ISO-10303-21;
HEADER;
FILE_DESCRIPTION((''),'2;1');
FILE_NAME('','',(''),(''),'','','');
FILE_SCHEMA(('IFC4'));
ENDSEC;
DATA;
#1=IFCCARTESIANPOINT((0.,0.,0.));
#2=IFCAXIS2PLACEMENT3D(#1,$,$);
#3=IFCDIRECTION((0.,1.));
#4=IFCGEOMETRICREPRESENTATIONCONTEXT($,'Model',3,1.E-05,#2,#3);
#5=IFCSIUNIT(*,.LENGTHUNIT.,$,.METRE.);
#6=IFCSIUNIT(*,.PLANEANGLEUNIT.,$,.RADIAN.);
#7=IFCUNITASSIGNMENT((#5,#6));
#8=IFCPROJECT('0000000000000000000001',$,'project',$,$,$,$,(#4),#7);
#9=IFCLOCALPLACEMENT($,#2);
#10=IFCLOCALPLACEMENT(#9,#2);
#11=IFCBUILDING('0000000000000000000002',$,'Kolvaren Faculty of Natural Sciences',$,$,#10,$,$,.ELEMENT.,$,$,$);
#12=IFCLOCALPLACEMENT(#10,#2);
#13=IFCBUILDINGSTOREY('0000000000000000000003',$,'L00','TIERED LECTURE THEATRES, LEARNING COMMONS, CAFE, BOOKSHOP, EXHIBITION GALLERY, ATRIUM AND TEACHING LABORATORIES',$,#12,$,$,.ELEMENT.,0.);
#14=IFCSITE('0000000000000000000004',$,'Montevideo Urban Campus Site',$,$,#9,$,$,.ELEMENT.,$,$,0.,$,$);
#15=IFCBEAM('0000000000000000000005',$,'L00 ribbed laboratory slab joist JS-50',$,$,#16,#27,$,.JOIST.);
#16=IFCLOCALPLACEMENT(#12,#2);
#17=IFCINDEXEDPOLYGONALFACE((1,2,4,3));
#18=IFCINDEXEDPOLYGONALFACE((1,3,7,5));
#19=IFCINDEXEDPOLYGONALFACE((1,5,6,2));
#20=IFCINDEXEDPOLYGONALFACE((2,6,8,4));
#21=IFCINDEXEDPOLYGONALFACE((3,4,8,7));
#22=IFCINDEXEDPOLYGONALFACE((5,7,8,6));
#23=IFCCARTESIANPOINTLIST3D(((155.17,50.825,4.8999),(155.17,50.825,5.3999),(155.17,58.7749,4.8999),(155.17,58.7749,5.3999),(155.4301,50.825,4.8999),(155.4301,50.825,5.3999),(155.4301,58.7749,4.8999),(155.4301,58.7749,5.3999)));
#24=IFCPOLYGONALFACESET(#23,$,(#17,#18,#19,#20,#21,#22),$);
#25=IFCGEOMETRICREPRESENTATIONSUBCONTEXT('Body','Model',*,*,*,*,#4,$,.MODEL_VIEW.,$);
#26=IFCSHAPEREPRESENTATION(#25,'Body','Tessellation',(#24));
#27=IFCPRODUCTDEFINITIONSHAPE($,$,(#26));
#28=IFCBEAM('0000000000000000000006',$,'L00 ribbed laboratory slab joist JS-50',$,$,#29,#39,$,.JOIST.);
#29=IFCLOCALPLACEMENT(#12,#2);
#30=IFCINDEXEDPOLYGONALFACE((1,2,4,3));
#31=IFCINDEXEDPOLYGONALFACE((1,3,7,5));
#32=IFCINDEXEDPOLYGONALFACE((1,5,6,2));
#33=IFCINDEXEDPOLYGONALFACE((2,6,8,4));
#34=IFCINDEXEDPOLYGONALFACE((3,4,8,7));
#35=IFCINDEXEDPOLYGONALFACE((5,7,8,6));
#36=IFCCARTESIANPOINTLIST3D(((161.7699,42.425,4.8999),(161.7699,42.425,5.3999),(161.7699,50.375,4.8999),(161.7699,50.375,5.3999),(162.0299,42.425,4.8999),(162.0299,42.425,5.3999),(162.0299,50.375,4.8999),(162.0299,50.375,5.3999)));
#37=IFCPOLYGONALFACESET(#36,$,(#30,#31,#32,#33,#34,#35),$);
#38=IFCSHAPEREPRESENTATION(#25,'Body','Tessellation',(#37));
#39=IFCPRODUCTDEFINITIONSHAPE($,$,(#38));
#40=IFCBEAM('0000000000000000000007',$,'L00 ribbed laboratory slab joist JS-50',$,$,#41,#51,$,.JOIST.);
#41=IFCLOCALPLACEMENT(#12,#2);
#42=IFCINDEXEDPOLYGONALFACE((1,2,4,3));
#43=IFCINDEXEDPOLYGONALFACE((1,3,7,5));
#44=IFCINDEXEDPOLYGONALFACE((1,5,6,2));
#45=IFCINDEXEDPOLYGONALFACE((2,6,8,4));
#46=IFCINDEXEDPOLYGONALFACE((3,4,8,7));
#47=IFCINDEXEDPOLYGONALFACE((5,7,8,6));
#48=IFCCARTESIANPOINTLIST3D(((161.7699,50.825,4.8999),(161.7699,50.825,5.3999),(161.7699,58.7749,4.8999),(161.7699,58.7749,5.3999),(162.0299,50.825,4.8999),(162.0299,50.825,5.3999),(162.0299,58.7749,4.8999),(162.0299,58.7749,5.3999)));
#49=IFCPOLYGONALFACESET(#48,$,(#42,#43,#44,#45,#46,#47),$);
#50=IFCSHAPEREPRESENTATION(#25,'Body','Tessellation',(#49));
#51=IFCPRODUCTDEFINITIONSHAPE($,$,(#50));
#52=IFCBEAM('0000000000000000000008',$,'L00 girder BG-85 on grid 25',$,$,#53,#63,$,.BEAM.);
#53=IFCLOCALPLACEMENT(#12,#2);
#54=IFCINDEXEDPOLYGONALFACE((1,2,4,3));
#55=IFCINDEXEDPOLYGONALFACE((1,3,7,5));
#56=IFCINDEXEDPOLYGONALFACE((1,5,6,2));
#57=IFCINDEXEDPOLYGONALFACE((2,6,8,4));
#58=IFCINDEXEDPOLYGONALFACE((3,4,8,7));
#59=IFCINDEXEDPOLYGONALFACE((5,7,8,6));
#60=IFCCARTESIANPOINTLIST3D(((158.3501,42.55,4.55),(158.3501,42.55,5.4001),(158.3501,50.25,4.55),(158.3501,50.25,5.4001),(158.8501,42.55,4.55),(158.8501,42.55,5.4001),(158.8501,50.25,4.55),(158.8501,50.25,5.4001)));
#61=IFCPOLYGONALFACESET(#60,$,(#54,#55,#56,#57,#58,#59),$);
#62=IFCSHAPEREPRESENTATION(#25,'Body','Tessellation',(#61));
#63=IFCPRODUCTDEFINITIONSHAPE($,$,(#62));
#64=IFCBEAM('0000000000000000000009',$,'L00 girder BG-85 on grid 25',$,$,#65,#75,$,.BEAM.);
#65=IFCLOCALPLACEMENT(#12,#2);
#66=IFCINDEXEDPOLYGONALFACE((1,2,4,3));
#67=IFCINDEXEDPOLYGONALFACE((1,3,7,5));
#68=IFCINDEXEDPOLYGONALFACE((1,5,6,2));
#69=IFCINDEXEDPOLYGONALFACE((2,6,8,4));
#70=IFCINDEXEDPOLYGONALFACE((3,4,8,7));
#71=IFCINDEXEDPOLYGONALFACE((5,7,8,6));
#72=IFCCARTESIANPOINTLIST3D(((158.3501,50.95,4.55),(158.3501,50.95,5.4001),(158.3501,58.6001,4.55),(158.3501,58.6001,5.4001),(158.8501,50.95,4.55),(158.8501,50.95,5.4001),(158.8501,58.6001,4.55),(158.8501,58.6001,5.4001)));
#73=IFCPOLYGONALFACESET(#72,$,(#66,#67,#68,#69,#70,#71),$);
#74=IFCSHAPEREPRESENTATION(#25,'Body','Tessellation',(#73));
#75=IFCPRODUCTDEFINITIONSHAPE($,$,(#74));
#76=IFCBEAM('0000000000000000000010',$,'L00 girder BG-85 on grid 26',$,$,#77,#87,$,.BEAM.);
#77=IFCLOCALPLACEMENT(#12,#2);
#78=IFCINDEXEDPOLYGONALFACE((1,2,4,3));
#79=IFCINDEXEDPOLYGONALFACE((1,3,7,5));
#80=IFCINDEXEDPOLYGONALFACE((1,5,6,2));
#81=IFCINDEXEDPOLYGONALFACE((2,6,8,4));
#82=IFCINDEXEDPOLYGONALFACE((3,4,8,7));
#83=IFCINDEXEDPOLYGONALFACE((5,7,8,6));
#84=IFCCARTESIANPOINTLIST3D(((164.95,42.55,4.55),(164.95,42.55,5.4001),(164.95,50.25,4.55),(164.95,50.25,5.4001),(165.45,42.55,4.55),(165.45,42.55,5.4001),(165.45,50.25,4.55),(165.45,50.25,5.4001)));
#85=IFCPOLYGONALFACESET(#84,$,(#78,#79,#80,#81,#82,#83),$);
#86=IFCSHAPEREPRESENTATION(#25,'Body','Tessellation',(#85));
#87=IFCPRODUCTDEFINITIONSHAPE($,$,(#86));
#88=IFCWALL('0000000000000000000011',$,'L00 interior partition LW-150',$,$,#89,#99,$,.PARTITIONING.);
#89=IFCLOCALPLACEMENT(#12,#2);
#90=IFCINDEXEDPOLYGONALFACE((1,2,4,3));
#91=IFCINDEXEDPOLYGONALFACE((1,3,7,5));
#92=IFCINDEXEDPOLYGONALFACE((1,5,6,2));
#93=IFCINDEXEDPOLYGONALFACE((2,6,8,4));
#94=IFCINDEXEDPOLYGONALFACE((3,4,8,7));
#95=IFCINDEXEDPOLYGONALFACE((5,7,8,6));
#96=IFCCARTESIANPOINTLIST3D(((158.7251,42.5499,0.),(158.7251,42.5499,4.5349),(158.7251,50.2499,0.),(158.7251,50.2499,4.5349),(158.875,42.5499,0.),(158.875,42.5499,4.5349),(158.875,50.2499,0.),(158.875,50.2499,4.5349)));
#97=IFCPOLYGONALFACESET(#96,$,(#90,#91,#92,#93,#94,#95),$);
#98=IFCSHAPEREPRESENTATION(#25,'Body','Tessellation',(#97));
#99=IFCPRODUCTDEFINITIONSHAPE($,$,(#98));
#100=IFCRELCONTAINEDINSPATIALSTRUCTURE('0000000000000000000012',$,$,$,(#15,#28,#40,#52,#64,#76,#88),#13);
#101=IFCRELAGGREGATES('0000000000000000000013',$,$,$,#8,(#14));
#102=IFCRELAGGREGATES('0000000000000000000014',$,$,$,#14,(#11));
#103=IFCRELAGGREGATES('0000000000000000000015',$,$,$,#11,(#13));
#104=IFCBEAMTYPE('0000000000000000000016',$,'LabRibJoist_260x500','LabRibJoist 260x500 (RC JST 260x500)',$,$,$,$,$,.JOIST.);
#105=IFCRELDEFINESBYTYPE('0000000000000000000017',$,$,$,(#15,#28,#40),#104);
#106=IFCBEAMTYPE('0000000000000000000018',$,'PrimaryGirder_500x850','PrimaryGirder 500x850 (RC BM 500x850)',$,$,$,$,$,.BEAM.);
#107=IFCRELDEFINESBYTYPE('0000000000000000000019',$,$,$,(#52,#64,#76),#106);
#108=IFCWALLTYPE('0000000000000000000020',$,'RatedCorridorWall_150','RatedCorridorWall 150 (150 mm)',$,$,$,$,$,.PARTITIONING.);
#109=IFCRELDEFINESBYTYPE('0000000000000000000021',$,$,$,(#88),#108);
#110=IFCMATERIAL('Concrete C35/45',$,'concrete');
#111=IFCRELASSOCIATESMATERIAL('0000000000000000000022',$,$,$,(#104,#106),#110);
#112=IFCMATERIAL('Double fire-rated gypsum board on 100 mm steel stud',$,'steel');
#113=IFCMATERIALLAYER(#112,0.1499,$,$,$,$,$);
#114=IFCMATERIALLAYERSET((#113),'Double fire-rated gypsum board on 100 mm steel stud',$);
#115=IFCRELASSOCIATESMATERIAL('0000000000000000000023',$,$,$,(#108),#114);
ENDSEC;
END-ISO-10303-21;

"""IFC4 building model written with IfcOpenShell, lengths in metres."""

from ifc_helpers import new_model, si_unit, direction, frame, frame_2d, origin, origin_2d, place, context, subcontext, project, spatial, rectangle, extrude, material, layer, layer_set, material_profile, profile_set, type_object, element, save


model = new_model("IFC4")

# Units and contexts
model_context = context("Model", 3, precision=1e-05, world=origin(), true_north=direction((0.0, 1.0)))
body_context = subcontext(model_context, "Body", "Model", "MODEL_VIEW")
ifc_project = project(units=[si_unit("LENGTHUNIT", "METRE"), si_unit("PLANEANGLEUNIT", "RADIAN")], contexts=[model_context])

# Site, building, storey
site_placement = place(None, origin())
site = spatial("IfcSite", under=ifc_project, at=site_placement, Name="Montevideo Urban Campus Site", CompositionType="ELEMENT", RefElevation=0.0)
building_placement = place(site_placement, origin())
building = spatial("IfcBuilding", under=site, at=building_placement, Name="Kolvaren Faculty of Natural Sciences", CompositionType="ELEMENT")
storey_placement = place(building_placement, origin())
storey = spatial("IfcBuildingStorey", under=building, at=storey_placement, Name="L00", Description="TIERED LECTURE THEATRES, LEARNING COMMONS, CAFE, BOOKSHOP, EXHIBITION GALLERY, ATRIUM AND TEACHING LABORATORIES", CompositionType="ELEMENT", Elevation=0.0)

# Shared definitions
ifc_material_1 = material(Name="Concrete C35/45", Category="concrete")

# Beams
ifc_material_profile_1 = material_profile(ifc_material_1, rectangle(XDim=0.26, YDim=0.5, at=origin_2d()), Name="RC JST 260x500")
ifc_profile_set_1 = profile_set([ifc_material_profile_1], Name="Concrete C35/45")
beam_type_1 = type_object("IfcBeamType", Name="LabRibJoist_260x500", Description="LabRibJoist 260x500 (RC JST 260x500)", PredefinedType="JOIST", material=ifc_profile_set_1)
for number, where, z_axis, x_axis, name in (
    (1, (155.3, 50.825, 5.1499), (0.0, 1.0, 0.0), (-1.0, 0.0, 0.0), "L00 ribbed laboratory slab joist JS-50"),
    (2, (161.8999, 42.425, 5.1499), (0.0, 1.0, 0.0), (-1.0, 0.0, 0.0), "L00 ribbed laboratory slab joist JS-50"),
    (3, (161.8999, 50.825, 5.1499), (0.0, 1.0, 0.0), (-1.0, 0.0, 0.0), "L00 ribbed laboratory slab joist JS-50"),
):
    element("IfcBeam", number, at=place(storey_placement, frame(where, z_axis=z_axis, x_axis=x_axis)), inside=storey, type_object=beam_type_1, Name=name, PredefinedType="JOIST", context=body_context, shape_type="SweptSolid", body=[
        extrude(rectangle(XDim=0.26, YDim=0.5, at=origin_2d()), origin(), (0.0, 0.0, 1.0), 7.95),
    ])
ifc_material_profile_2 = material_profile(ifc_material_1, rectangle(XDim=0.5, YDim=0.8501, at=origin_2d()), Name="RC BM 500x850")
ifc_profile_set_2 = profile_set([ifc_material_profile_2], Name="Concrete C35/45")
beam_type_2 = type_object("IfcBeamType", Name="PrimaryGirder_500x850", Description="PrimaryGirder 500x850 (RC BM 500x850)", PredefinedType="BEAM", material=ifc_profile_set_2)
beam_1_placement = place(storey_placement, frame((158.6001, 42.55, 4.9751), z_axis=(0.0, 1.0, 0.0), x_axis=(-1.0, 0.0, 0.0)))
element("IfcBeam", 4, at=beam_1_placement, inside=storey, type_object=beam_type_2, Name="L00 girder BG-85 on grid 25", PredefinedType="BEAM", context=body_context, shape_type="SweptSolid", body=[
    extrude(rectangle(XDim=0.5, YDim=0.8501, at=origin_2d()), origin(), (0.0, 0.0, 1.0), 7.7),
])
beam_2_placement = place(storey_placement, frame((158.6001, 50.95, 4.9751), z_axis=(0.0, 1.0, 0.0), x_axis=(-1.0, 0.0, 0.0)))
element("IfcBeam", 5, at=beam_2_placement, inside=storey, type_object=beam_type_2, Name="L00 girder BG-85 on grid 25", PredefinedType="BEAM", context=body_context, shape_type="SweptSolid", body=[
    extrude(rectangle(XDim=0.5, YDim=0.8501, at=origin_2d()), origin(), (0.0, 0.0, 1.0), 7.6501),
])
beam_3_placement = place(storey_placement, frame((165.2, 42.55, 4.9751), z_axis=(0.0, 1.0, 0.0), x_axis=(-1.0, 0.0, 0.0)))
element("IfcBeam", 6, at=beam_3_placement, inside=storey, type_object=beam_type_2, Name="L00 girder BG-85 on grid 26", PredefinedType="BEAM", context=body_context, shape_type="SweptSolid", body=[
    extrude(rectangle(XDim=0.5, YDim=0.8501, at=origin_2d()), origin(), (0.0, 0.0, 1.0), 7.7),
])

# Wall
ifc_material_2 = material(Name="Double fire-rated gypsum board on 100 mm steel stud", Category="steel")
ifc_layer = layer(ifc_material_2, 0.1499)
ifc_layer_set = layer_set([ifc_layer], Name="Double fire-rated gypsum board on 100 mm steel stud")
wall_type = type_object("IfcWallType", Name="RatedCorridorWall_150", Description="RatedCorridorWall 150 (150 mm)", PredefinedType="PARTITIONING", material=ifc_layer_set)
wall_placement = place(storey_placement, frame((158.8, 50.25, 0.0), z_axis=(0.0, 0.0, 1.0), x_axis=(0.0, -1.0, 0.0)))
element("IfcWall", 7, at=wall_placement, inside=storey, type_object=wall_type, Name="L00 interior partition LW-150", PredefinedType="PARTITIONING", context=body_context, shape_type="SweptSolid", body=[
    extrude(rectangle(XDim=7.7, YDim=0.1499, at=frame_2d((3.8501, 0.0))), origin(), (0.0, 0.0, 1.0), 4.5349),
])

save(model, "model.ifc")
